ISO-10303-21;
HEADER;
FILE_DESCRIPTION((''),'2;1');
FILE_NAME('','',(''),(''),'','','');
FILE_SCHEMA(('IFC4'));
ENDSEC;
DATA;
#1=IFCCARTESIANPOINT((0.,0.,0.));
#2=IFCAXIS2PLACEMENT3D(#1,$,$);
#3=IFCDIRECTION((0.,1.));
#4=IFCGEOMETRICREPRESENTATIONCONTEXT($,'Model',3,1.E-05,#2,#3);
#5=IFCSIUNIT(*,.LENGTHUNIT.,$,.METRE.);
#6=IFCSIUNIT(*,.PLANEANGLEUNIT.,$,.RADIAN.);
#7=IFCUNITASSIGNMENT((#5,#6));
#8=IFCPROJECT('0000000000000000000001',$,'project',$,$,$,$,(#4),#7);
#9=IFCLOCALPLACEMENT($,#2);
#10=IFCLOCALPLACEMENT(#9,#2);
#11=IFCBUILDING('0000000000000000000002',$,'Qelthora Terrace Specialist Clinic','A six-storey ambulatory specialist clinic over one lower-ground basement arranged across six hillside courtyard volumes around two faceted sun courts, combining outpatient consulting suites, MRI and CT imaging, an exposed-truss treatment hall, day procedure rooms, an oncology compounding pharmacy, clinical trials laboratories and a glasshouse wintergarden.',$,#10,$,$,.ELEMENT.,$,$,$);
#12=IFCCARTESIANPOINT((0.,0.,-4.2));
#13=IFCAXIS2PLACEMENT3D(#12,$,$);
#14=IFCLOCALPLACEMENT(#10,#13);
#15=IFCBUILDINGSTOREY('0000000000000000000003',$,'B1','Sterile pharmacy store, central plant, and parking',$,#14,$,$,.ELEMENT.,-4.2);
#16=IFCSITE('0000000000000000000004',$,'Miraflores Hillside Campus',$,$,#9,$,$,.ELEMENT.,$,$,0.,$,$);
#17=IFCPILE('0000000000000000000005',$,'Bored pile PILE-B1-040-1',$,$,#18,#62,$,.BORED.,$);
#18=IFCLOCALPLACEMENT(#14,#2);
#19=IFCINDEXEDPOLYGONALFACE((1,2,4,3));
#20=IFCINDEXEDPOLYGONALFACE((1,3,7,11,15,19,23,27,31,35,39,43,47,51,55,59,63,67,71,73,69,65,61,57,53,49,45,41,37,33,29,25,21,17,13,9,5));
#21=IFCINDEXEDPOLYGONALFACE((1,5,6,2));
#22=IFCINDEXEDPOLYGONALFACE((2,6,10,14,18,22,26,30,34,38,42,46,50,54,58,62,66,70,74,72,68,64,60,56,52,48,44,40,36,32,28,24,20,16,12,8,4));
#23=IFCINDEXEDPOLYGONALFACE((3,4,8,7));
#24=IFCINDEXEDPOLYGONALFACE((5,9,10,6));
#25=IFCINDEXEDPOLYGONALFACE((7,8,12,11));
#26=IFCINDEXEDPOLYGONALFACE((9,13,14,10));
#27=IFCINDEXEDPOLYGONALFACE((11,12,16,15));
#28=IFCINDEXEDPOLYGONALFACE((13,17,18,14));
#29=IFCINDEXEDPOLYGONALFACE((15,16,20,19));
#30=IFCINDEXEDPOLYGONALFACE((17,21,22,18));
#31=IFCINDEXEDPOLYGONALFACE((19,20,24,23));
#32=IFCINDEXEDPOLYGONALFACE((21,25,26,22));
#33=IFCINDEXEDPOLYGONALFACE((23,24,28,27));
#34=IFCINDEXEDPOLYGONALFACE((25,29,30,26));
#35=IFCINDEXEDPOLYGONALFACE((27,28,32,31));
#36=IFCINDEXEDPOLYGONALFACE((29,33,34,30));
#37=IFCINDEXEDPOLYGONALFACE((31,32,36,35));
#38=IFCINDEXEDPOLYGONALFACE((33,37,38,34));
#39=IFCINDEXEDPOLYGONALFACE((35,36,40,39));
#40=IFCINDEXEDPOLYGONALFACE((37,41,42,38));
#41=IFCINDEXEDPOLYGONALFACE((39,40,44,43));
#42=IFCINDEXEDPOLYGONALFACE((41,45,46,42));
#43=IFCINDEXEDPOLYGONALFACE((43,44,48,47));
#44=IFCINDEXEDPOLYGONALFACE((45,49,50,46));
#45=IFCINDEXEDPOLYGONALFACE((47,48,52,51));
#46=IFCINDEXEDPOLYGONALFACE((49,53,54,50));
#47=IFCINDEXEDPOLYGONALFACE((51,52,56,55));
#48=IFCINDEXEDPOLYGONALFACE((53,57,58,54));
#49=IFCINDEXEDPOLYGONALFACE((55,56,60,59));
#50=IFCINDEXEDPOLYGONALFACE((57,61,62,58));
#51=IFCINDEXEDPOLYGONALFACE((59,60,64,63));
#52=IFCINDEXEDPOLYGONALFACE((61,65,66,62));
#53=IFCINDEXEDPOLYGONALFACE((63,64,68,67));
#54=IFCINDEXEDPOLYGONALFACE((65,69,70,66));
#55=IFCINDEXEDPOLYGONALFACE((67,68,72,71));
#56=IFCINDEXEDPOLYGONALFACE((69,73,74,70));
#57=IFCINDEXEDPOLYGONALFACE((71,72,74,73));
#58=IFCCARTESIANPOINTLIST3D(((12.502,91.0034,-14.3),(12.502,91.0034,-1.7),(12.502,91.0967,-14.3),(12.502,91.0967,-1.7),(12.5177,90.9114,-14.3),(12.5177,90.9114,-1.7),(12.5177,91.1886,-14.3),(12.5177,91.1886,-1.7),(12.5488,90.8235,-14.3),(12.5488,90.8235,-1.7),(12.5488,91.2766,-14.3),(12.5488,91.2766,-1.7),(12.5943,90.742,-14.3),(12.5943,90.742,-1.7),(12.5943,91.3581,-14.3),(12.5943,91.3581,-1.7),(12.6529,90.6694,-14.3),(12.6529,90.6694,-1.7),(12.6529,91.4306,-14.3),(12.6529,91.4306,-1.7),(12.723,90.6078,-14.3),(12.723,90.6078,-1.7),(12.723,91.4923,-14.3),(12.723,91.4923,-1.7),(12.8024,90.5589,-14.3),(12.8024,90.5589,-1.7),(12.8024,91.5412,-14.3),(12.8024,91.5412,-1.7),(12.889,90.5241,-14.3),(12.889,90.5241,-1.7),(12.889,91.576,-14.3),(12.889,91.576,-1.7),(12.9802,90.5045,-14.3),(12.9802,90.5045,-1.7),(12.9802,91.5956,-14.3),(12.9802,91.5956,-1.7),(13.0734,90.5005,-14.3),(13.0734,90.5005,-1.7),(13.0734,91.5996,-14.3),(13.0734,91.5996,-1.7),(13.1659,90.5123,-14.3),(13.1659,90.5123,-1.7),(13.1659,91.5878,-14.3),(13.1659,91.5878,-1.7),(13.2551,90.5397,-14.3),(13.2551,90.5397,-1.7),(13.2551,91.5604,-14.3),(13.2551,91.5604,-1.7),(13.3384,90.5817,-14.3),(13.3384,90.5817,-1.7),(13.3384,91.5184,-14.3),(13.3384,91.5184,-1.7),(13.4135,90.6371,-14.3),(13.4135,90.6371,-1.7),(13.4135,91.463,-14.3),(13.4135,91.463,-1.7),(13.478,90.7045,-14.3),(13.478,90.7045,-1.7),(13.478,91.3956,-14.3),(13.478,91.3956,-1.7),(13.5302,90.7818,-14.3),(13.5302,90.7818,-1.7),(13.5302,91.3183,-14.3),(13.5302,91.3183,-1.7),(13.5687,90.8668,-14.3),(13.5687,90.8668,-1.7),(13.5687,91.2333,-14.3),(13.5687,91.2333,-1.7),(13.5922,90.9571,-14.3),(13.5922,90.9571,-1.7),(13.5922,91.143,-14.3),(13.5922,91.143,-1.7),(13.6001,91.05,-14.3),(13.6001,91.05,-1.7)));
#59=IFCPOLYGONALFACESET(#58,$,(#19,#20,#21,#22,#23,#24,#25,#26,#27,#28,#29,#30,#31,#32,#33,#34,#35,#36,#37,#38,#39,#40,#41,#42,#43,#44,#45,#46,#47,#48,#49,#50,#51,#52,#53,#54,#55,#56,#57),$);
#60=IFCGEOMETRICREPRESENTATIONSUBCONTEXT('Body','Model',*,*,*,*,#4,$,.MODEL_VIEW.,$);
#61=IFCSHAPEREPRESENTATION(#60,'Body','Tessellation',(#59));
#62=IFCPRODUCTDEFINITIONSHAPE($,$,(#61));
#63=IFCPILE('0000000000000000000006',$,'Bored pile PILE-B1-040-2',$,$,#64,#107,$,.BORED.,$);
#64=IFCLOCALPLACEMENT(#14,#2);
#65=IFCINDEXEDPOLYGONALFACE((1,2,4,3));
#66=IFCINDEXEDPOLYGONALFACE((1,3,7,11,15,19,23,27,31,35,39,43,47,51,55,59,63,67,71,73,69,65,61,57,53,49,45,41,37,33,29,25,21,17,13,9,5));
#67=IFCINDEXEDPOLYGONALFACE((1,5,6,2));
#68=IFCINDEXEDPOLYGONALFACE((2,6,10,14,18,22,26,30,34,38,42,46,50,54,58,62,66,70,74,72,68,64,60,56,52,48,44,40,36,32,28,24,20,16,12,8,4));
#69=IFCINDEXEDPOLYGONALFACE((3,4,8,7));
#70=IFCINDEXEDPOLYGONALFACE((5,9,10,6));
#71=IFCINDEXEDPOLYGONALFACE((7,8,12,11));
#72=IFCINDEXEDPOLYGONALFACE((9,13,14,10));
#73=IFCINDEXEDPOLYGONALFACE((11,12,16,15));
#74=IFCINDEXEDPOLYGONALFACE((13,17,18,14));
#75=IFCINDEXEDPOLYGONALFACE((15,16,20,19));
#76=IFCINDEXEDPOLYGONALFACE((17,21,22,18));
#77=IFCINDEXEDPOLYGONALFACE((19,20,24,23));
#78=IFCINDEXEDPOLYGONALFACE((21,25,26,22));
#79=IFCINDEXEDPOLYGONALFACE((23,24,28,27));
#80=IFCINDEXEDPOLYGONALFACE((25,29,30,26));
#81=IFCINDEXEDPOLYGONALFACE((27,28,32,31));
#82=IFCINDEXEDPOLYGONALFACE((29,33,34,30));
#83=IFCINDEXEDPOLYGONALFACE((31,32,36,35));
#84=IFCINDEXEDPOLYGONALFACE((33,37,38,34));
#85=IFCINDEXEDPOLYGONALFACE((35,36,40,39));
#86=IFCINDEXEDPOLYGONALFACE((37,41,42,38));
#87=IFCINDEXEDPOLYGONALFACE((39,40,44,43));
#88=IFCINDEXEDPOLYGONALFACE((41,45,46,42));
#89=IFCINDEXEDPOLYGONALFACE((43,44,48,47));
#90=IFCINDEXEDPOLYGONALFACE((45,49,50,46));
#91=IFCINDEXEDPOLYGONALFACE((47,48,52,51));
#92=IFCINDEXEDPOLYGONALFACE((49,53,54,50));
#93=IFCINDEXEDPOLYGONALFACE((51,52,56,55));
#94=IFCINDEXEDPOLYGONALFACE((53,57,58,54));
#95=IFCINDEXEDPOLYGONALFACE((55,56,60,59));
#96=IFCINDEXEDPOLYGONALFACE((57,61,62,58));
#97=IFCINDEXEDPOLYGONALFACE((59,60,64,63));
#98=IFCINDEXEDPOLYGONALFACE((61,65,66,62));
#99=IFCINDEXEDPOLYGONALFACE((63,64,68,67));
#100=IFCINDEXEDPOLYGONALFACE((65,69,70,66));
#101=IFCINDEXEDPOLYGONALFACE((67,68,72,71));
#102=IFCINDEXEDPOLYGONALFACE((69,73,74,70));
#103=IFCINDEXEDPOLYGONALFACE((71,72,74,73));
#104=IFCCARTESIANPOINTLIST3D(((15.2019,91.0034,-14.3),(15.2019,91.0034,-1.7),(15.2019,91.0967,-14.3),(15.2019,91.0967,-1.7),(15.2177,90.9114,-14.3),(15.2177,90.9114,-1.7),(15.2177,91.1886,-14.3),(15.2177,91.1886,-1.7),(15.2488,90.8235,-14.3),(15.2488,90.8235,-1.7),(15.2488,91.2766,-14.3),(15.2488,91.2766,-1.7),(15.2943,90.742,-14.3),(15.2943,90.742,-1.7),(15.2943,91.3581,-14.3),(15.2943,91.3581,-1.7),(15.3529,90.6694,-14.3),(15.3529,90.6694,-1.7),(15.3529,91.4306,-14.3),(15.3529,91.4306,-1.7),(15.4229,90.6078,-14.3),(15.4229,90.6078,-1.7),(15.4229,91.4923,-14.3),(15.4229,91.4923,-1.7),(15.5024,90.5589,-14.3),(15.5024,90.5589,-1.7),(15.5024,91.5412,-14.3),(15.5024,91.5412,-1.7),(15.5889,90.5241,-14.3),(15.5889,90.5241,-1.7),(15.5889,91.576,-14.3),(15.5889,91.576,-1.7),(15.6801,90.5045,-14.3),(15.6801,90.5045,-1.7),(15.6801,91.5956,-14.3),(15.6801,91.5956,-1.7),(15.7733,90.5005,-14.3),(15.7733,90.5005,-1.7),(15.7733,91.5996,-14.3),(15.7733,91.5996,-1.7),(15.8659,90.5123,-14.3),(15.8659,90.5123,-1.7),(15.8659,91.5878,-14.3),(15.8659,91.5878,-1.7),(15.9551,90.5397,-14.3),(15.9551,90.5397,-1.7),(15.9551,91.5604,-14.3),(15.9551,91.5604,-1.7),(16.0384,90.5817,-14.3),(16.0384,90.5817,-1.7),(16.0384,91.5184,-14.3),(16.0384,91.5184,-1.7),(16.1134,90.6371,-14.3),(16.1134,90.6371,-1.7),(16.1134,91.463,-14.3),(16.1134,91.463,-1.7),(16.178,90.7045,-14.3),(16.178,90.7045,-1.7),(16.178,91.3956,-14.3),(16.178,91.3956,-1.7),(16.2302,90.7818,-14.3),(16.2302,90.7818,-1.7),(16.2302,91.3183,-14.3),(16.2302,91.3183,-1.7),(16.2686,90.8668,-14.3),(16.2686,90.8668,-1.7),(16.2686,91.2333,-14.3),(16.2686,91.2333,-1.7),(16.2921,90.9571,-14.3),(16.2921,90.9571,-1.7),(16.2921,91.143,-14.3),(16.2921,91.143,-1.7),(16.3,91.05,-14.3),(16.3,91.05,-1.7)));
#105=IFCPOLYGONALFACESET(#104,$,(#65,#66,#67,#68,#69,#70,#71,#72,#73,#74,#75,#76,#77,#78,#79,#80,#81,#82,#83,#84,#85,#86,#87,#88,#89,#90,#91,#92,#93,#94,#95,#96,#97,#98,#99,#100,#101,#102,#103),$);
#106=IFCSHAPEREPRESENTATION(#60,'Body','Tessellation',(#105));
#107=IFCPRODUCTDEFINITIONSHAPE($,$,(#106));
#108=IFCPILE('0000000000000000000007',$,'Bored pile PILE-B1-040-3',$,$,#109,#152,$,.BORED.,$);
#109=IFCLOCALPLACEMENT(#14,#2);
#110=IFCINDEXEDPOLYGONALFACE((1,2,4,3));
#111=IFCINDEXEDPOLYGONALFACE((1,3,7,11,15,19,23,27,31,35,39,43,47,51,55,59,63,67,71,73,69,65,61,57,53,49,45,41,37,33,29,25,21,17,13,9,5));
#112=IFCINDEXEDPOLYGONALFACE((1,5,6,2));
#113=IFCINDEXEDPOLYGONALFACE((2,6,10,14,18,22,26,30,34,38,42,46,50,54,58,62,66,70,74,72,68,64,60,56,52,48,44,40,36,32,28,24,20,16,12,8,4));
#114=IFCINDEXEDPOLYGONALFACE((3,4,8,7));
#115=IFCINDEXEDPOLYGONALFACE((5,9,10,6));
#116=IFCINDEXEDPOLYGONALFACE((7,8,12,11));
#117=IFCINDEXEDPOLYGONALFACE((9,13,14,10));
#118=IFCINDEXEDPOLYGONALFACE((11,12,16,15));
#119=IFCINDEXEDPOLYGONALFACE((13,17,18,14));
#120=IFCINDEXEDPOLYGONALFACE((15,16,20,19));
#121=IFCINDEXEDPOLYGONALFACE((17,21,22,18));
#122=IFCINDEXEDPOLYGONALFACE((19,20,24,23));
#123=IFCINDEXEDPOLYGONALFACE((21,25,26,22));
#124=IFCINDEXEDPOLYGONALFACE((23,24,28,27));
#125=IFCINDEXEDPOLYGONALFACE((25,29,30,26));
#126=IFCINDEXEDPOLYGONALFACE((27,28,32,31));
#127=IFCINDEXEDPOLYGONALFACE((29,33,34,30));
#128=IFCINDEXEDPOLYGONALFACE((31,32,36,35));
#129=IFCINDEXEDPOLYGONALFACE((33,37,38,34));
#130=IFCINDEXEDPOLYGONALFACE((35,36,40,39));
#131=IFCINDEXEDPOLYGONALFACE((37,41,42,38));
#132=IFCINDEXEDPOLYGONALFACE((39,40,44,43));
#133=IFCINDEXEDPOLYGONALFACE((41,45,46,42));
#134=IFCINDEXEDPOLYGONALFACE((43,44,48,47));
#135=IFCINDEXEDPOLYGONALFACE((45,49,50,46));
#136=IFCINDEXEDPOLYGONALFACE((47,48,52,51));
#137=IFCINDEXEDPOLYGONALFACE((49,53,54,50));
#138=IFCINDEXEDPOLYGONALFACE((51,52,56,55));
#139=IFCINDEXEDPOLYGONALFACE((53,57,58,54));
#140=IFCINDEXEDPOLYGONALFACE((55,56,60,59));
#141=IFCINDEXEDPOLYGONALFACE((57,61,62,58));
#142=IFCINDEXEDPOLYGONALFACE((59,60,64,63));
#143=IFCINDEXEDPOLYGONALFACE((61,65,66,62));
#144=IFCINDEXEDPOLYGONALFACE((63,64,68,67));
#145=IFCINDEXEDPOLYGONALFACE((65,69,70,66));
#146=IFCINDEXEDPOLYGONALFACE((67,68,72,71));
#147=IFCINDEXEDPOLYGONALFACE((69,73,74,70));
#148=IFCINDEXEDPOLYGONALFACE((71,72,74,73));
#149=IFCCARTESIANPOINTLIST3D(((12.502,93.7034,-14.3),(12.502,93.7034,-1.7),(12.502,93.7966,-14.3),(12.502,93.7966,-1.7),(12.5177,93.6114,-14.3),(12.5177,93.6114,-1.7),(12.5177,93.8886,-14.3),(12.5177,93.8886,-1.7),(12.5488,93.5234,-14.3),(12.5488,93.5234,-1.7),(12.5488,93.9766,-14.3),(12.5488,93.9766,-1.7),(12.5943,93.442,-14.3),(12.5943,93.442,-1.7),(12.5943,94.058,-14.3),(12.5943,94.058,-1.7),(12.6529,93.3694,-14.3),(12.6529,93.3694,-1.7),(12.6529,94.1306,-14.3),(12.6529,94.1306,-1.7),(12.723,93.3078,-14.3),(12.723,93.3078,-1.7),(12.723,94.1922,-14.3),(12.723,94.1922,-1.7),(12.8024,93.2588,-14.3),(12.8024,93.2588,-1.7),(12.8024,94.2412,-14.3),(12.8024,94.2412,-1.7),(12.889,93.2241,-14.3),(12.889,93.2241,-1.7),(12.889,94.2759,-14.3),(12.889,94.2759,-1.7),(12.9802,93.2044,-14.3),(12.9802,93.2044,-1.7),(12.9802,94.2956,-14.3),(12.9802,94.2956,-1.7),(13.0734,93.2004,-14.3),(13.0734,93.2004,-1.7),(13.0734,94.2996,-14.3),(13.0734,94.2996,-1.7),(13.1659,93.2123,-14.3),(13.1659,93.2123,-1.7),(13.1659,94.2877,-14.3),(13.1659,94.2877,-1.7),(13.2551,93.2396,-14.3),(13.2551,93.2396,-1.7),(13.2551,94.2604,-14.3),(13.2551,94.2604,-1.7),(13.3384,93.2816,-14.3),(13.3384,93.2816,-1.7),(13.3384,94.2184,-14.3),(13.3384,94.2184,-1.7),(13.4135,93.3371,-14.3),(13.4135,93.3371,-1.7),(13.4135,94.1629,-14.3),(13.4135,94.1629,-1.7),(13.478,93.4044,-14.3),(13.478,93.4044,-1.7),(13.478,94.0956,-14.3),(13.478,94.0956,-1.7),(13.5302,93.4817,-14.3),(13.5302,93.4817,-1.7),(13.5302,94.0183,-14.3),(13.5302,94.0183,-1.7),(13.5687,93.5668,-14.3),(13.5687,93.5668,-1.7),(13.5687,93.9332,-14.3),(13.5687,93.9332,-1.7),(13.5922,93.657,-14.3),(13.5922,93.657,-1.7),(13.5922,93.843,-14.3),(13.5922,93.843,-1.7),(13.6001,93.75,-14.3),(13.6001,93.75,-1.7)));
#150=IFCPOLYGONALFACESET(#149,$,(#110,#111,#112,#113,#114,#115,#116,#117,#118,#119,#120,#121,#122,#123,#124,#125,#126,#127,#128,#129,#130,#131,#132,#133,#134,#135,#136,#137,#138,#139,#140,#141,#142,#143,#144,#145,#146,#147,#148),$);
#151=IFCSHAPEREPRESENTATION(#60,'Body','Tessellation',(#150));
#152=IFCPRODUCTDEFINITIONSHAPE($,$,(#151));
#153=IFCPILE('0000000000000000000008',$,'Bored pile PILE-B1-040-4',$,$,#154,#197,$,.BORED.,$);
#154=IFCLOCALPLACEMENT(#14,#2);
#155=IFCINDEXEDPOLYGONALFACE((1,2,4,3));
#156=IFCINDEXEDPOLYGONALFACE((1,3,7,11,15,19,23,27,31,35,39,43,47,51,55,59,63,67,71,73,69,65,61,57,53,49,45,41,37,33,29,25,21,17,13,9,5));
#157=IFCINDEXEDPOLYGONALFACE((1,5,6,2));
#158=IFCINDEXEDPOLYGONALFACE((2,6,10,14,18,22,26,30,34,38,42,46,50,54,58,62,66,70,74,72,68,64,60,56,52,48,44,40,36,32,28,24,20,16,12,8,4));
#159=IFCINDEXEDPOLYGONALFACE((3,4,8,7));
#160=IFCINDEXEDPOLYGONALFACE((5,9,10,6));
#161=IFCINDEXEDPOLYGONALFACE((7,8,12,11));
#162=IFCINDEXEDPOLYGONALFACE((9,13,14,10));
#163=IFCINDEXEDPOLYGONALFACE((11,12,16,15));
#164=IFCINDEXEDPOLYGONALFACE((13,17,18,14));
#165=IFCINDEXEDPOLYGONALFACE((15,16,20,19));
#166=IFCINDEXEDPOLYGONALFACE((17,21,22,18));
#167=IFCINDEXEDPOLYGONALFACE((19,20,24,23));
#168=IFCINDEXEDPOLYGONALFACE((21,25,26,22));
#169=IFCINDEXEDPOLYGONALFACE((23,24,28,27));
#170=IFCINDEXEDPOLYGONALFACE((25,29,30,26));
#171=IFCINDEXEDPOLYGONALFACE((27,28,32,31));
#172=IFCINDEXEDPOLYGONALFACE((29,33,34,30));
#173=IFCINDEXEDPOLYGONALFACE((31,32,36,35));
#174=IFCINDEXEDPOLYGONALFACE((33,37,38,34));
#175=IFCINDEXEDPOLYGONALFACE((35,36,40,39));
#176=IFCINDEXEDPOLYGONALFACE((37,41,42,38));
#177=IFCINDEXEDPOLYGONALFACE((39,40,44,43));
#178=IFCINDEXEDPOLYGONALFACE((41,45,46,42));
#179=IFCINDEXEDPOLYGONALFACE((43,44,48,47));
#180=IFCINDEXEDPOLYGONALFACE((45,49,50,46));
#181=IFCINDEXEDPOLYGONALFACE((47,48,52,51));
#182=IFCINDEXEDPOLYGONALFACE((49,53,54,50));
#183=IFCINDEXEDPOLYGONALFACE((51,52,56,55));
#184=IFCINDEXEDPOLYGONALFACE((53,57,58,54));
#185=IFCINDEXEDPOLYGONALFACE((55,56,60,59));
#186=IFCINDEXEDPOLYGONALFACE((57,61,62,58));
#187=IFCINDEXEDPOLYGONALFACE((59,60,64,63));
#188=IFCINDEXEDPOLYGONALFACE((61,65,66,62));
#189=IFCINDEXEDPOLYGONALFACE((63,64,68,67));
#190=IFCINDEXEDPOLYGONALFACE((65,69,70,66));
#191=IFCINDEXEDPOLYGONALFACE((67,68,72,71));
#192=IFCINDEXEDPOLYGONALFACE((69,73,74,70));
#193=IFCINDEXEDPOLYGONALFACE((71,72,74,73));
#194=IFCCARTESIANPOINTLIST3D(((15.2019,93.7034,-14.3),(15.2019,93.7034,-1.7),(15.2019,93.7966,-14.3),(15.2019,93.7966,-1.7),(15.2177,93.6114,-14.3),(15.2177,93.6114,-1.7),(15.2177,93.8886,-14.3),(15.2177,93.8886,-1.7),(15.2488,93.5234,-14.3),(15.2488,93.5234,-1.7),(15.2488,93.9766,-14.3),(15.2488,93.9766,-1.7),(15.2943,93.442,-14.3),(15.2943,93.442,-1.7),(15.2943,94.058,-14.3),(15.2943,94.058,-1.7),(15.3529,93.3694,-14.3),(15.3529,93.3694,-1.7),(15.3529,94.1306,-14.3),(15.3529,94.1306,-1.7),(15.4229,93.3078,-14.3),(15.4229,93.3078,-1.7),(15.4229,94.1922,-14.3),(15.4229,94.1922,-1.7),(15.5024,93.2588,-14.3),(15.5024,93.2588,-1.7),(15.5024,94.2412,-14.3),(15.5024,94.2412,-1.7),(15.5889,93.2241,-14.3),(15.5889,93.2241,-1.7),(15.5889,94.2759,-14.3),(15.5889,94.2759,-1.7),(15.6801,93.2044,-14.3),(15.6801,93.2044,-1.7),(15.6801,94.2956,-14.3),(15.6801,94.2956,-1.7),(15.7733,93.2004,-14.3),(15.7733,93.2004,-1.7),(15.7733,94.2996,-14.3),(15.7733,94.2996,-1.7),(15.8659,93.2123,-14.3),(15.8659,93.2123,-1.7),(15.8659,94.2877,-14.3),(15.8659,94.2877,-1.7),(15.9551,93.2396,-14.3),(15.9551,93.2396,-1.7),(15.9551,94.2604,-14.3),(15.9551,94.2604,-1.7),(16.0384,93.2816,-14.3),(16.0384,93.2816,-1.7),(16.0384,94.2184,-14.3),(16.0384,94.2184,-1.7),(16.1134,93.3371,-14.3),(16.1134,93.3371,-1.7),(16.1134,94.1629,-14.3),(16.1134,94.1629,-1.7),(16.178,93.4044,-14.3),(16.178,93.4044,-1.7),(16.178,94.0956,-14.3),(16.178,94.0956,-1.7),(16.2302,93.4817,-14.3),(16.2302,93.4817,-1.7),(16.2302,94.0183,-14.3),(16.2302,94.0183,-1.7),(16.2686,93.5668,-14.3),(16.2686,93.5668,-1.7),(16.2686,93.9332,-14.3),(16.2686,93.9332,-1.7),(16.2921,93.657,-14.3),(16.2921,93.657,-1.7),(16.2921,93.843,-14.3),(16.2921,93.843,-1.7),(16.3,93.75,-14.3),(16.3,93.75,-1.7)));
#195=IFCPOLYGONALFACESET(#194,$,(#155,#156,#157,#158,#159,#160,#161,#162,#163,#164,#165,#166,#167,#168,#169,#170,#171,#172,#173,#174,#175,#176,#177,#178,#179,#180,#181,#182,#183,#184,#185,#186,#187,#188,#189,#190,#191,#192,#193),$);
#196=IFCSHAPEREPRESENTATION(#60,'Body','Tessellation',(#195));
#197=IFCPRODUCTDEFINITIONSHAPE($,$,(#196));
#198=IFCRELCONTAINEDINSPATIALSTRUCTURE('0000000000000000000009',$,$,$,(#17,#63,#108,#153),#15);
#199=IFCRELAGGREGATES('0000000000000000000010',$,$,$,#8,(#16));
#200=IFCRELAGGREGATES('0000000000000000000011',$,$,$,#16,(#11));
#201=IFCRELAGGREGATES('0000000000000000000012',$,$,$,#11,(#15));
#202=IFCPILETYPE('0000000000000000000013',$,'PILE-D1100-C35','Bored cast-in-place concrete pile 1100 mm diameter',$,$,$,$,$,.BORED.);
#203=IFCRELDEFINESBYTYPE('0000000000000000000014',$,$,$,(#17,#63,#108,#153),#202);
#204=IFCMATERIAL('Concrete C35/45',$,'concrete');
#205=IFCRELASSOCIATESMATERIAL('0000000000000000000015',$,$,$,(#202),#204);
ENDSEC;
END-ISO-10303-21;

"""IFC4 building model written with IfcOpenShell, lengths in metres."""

from ifc_helpers import new_model, si_unit, direction, frame, origin, origin_2d, place, context, subcontext, project, spatial, circle, extrude, material, material_profile, profile_set, type_object, element, save


model = new_model("IFC4")

# Units and contexts
model_context = context("Model", 3, precision=1e-05, world=origin(), true_north=direction((0.0, 1.0)))
body_context = subcontext(model_context, "Body", "Model", "MODEL_VIEW")
ifc_project = project(units=[si_unit("LENGTHUNIT", "METRE"), si_unit("PLANEANGLEUNIT", "RADIAN")], contexts=[model_context])

# Site, building, storey
site_placement = place(None, origin())
site = spatial("IfcSite", under=ifc_project, at=site_placement, Name="Miraflores Hillside Campus", CompositionType="ELEMENT", RefElevation=0.0)
building_placement = place(site_placement, origin())
building = spatial("IfcBuilding", under=site, at=building_placement, Name="Qelthora Terrace Specialist Clinic", Description="A six-storey ambulatory specialist clinic over one lower-ground basement arranged across six hillside courtyard volumes around two faceted sun courts, combining outpatient consulting suites, MRI and CT imaging, an exposed-truss treatment hall, day procedure rooms, an oncology compounding pharmacy, clinical trials laboratories and a glasshouse wintergarden.", CompositionType="ELEMENT")
storey_placement = place(building_placement, frame((0.0, 0.0, -4.2)))
storey = spatial("IfcBuildingStorey", under=building, at=storey_placement, Name="B1", Description="Sterile pharmacy store, central plant, and parking", CompositionType="ELEMENT", Elevation=-4.2)

# Shared definitions
ifc_material_1 = material(Name="Concrete C35/45", Category="concrete")

# Piles
ifc_material_profile_1 = material_profile(ifc_material_1, circle(Radius=0.55, at=origin_2d()), Name="PILE1100")
ifc_profile_set_1 = profile_set([ifc_material_profile_1], Name="Concrete C35/45")
pile_type_1 = type_object("IfcPileType", Name="PILE-D1100-C35", Description="Bored cast-in-place concrete pile 1100 mm diameter", PredefinedType="BORED", material=ifc_profile_set_1)
for number, where, z_axis, x_axis, name in (
    (1, (13.05, 91.05, -1.7), (0.0, 0.0, -1.0), (1.0, 0.0, 0.0), "Bored pile PILE-B1-040-1"),
    (2, (15.75, 91.05, -1.7), (0.0, 0.0, -1.0), (1.0, 0.0, 0.0), "Bored pile PILE-B1-040-2"),
    (3, (13.05, 93.75, -1.7), (0.0, 0.0, -1.0), (1.0, 0.0, 0.0), "Bored pile PILE-B1-040-3"),
    (4, (15.75, 93.75, -1.7), (0.0, 0.0, -1.0), (1.0, 0.0, 0.0), "Bored pile PILE-B1-040-4"),
):
    element("IfcPile", number, at=place(storey_placement, frame(where, z_axis=z_axis, x_axis=x_axis)), inside=storey, type_object=pile_type_1, Name=name, PredefinedType="BORED", context=body_context, shape_type="SweptSolid", body=[
        extrude(circle(Radius=0.55, at=origin_2d()), origin(), (0.0, 0.0, 1.0), 12.6001),
    ])

save(model, "model.ifc")
